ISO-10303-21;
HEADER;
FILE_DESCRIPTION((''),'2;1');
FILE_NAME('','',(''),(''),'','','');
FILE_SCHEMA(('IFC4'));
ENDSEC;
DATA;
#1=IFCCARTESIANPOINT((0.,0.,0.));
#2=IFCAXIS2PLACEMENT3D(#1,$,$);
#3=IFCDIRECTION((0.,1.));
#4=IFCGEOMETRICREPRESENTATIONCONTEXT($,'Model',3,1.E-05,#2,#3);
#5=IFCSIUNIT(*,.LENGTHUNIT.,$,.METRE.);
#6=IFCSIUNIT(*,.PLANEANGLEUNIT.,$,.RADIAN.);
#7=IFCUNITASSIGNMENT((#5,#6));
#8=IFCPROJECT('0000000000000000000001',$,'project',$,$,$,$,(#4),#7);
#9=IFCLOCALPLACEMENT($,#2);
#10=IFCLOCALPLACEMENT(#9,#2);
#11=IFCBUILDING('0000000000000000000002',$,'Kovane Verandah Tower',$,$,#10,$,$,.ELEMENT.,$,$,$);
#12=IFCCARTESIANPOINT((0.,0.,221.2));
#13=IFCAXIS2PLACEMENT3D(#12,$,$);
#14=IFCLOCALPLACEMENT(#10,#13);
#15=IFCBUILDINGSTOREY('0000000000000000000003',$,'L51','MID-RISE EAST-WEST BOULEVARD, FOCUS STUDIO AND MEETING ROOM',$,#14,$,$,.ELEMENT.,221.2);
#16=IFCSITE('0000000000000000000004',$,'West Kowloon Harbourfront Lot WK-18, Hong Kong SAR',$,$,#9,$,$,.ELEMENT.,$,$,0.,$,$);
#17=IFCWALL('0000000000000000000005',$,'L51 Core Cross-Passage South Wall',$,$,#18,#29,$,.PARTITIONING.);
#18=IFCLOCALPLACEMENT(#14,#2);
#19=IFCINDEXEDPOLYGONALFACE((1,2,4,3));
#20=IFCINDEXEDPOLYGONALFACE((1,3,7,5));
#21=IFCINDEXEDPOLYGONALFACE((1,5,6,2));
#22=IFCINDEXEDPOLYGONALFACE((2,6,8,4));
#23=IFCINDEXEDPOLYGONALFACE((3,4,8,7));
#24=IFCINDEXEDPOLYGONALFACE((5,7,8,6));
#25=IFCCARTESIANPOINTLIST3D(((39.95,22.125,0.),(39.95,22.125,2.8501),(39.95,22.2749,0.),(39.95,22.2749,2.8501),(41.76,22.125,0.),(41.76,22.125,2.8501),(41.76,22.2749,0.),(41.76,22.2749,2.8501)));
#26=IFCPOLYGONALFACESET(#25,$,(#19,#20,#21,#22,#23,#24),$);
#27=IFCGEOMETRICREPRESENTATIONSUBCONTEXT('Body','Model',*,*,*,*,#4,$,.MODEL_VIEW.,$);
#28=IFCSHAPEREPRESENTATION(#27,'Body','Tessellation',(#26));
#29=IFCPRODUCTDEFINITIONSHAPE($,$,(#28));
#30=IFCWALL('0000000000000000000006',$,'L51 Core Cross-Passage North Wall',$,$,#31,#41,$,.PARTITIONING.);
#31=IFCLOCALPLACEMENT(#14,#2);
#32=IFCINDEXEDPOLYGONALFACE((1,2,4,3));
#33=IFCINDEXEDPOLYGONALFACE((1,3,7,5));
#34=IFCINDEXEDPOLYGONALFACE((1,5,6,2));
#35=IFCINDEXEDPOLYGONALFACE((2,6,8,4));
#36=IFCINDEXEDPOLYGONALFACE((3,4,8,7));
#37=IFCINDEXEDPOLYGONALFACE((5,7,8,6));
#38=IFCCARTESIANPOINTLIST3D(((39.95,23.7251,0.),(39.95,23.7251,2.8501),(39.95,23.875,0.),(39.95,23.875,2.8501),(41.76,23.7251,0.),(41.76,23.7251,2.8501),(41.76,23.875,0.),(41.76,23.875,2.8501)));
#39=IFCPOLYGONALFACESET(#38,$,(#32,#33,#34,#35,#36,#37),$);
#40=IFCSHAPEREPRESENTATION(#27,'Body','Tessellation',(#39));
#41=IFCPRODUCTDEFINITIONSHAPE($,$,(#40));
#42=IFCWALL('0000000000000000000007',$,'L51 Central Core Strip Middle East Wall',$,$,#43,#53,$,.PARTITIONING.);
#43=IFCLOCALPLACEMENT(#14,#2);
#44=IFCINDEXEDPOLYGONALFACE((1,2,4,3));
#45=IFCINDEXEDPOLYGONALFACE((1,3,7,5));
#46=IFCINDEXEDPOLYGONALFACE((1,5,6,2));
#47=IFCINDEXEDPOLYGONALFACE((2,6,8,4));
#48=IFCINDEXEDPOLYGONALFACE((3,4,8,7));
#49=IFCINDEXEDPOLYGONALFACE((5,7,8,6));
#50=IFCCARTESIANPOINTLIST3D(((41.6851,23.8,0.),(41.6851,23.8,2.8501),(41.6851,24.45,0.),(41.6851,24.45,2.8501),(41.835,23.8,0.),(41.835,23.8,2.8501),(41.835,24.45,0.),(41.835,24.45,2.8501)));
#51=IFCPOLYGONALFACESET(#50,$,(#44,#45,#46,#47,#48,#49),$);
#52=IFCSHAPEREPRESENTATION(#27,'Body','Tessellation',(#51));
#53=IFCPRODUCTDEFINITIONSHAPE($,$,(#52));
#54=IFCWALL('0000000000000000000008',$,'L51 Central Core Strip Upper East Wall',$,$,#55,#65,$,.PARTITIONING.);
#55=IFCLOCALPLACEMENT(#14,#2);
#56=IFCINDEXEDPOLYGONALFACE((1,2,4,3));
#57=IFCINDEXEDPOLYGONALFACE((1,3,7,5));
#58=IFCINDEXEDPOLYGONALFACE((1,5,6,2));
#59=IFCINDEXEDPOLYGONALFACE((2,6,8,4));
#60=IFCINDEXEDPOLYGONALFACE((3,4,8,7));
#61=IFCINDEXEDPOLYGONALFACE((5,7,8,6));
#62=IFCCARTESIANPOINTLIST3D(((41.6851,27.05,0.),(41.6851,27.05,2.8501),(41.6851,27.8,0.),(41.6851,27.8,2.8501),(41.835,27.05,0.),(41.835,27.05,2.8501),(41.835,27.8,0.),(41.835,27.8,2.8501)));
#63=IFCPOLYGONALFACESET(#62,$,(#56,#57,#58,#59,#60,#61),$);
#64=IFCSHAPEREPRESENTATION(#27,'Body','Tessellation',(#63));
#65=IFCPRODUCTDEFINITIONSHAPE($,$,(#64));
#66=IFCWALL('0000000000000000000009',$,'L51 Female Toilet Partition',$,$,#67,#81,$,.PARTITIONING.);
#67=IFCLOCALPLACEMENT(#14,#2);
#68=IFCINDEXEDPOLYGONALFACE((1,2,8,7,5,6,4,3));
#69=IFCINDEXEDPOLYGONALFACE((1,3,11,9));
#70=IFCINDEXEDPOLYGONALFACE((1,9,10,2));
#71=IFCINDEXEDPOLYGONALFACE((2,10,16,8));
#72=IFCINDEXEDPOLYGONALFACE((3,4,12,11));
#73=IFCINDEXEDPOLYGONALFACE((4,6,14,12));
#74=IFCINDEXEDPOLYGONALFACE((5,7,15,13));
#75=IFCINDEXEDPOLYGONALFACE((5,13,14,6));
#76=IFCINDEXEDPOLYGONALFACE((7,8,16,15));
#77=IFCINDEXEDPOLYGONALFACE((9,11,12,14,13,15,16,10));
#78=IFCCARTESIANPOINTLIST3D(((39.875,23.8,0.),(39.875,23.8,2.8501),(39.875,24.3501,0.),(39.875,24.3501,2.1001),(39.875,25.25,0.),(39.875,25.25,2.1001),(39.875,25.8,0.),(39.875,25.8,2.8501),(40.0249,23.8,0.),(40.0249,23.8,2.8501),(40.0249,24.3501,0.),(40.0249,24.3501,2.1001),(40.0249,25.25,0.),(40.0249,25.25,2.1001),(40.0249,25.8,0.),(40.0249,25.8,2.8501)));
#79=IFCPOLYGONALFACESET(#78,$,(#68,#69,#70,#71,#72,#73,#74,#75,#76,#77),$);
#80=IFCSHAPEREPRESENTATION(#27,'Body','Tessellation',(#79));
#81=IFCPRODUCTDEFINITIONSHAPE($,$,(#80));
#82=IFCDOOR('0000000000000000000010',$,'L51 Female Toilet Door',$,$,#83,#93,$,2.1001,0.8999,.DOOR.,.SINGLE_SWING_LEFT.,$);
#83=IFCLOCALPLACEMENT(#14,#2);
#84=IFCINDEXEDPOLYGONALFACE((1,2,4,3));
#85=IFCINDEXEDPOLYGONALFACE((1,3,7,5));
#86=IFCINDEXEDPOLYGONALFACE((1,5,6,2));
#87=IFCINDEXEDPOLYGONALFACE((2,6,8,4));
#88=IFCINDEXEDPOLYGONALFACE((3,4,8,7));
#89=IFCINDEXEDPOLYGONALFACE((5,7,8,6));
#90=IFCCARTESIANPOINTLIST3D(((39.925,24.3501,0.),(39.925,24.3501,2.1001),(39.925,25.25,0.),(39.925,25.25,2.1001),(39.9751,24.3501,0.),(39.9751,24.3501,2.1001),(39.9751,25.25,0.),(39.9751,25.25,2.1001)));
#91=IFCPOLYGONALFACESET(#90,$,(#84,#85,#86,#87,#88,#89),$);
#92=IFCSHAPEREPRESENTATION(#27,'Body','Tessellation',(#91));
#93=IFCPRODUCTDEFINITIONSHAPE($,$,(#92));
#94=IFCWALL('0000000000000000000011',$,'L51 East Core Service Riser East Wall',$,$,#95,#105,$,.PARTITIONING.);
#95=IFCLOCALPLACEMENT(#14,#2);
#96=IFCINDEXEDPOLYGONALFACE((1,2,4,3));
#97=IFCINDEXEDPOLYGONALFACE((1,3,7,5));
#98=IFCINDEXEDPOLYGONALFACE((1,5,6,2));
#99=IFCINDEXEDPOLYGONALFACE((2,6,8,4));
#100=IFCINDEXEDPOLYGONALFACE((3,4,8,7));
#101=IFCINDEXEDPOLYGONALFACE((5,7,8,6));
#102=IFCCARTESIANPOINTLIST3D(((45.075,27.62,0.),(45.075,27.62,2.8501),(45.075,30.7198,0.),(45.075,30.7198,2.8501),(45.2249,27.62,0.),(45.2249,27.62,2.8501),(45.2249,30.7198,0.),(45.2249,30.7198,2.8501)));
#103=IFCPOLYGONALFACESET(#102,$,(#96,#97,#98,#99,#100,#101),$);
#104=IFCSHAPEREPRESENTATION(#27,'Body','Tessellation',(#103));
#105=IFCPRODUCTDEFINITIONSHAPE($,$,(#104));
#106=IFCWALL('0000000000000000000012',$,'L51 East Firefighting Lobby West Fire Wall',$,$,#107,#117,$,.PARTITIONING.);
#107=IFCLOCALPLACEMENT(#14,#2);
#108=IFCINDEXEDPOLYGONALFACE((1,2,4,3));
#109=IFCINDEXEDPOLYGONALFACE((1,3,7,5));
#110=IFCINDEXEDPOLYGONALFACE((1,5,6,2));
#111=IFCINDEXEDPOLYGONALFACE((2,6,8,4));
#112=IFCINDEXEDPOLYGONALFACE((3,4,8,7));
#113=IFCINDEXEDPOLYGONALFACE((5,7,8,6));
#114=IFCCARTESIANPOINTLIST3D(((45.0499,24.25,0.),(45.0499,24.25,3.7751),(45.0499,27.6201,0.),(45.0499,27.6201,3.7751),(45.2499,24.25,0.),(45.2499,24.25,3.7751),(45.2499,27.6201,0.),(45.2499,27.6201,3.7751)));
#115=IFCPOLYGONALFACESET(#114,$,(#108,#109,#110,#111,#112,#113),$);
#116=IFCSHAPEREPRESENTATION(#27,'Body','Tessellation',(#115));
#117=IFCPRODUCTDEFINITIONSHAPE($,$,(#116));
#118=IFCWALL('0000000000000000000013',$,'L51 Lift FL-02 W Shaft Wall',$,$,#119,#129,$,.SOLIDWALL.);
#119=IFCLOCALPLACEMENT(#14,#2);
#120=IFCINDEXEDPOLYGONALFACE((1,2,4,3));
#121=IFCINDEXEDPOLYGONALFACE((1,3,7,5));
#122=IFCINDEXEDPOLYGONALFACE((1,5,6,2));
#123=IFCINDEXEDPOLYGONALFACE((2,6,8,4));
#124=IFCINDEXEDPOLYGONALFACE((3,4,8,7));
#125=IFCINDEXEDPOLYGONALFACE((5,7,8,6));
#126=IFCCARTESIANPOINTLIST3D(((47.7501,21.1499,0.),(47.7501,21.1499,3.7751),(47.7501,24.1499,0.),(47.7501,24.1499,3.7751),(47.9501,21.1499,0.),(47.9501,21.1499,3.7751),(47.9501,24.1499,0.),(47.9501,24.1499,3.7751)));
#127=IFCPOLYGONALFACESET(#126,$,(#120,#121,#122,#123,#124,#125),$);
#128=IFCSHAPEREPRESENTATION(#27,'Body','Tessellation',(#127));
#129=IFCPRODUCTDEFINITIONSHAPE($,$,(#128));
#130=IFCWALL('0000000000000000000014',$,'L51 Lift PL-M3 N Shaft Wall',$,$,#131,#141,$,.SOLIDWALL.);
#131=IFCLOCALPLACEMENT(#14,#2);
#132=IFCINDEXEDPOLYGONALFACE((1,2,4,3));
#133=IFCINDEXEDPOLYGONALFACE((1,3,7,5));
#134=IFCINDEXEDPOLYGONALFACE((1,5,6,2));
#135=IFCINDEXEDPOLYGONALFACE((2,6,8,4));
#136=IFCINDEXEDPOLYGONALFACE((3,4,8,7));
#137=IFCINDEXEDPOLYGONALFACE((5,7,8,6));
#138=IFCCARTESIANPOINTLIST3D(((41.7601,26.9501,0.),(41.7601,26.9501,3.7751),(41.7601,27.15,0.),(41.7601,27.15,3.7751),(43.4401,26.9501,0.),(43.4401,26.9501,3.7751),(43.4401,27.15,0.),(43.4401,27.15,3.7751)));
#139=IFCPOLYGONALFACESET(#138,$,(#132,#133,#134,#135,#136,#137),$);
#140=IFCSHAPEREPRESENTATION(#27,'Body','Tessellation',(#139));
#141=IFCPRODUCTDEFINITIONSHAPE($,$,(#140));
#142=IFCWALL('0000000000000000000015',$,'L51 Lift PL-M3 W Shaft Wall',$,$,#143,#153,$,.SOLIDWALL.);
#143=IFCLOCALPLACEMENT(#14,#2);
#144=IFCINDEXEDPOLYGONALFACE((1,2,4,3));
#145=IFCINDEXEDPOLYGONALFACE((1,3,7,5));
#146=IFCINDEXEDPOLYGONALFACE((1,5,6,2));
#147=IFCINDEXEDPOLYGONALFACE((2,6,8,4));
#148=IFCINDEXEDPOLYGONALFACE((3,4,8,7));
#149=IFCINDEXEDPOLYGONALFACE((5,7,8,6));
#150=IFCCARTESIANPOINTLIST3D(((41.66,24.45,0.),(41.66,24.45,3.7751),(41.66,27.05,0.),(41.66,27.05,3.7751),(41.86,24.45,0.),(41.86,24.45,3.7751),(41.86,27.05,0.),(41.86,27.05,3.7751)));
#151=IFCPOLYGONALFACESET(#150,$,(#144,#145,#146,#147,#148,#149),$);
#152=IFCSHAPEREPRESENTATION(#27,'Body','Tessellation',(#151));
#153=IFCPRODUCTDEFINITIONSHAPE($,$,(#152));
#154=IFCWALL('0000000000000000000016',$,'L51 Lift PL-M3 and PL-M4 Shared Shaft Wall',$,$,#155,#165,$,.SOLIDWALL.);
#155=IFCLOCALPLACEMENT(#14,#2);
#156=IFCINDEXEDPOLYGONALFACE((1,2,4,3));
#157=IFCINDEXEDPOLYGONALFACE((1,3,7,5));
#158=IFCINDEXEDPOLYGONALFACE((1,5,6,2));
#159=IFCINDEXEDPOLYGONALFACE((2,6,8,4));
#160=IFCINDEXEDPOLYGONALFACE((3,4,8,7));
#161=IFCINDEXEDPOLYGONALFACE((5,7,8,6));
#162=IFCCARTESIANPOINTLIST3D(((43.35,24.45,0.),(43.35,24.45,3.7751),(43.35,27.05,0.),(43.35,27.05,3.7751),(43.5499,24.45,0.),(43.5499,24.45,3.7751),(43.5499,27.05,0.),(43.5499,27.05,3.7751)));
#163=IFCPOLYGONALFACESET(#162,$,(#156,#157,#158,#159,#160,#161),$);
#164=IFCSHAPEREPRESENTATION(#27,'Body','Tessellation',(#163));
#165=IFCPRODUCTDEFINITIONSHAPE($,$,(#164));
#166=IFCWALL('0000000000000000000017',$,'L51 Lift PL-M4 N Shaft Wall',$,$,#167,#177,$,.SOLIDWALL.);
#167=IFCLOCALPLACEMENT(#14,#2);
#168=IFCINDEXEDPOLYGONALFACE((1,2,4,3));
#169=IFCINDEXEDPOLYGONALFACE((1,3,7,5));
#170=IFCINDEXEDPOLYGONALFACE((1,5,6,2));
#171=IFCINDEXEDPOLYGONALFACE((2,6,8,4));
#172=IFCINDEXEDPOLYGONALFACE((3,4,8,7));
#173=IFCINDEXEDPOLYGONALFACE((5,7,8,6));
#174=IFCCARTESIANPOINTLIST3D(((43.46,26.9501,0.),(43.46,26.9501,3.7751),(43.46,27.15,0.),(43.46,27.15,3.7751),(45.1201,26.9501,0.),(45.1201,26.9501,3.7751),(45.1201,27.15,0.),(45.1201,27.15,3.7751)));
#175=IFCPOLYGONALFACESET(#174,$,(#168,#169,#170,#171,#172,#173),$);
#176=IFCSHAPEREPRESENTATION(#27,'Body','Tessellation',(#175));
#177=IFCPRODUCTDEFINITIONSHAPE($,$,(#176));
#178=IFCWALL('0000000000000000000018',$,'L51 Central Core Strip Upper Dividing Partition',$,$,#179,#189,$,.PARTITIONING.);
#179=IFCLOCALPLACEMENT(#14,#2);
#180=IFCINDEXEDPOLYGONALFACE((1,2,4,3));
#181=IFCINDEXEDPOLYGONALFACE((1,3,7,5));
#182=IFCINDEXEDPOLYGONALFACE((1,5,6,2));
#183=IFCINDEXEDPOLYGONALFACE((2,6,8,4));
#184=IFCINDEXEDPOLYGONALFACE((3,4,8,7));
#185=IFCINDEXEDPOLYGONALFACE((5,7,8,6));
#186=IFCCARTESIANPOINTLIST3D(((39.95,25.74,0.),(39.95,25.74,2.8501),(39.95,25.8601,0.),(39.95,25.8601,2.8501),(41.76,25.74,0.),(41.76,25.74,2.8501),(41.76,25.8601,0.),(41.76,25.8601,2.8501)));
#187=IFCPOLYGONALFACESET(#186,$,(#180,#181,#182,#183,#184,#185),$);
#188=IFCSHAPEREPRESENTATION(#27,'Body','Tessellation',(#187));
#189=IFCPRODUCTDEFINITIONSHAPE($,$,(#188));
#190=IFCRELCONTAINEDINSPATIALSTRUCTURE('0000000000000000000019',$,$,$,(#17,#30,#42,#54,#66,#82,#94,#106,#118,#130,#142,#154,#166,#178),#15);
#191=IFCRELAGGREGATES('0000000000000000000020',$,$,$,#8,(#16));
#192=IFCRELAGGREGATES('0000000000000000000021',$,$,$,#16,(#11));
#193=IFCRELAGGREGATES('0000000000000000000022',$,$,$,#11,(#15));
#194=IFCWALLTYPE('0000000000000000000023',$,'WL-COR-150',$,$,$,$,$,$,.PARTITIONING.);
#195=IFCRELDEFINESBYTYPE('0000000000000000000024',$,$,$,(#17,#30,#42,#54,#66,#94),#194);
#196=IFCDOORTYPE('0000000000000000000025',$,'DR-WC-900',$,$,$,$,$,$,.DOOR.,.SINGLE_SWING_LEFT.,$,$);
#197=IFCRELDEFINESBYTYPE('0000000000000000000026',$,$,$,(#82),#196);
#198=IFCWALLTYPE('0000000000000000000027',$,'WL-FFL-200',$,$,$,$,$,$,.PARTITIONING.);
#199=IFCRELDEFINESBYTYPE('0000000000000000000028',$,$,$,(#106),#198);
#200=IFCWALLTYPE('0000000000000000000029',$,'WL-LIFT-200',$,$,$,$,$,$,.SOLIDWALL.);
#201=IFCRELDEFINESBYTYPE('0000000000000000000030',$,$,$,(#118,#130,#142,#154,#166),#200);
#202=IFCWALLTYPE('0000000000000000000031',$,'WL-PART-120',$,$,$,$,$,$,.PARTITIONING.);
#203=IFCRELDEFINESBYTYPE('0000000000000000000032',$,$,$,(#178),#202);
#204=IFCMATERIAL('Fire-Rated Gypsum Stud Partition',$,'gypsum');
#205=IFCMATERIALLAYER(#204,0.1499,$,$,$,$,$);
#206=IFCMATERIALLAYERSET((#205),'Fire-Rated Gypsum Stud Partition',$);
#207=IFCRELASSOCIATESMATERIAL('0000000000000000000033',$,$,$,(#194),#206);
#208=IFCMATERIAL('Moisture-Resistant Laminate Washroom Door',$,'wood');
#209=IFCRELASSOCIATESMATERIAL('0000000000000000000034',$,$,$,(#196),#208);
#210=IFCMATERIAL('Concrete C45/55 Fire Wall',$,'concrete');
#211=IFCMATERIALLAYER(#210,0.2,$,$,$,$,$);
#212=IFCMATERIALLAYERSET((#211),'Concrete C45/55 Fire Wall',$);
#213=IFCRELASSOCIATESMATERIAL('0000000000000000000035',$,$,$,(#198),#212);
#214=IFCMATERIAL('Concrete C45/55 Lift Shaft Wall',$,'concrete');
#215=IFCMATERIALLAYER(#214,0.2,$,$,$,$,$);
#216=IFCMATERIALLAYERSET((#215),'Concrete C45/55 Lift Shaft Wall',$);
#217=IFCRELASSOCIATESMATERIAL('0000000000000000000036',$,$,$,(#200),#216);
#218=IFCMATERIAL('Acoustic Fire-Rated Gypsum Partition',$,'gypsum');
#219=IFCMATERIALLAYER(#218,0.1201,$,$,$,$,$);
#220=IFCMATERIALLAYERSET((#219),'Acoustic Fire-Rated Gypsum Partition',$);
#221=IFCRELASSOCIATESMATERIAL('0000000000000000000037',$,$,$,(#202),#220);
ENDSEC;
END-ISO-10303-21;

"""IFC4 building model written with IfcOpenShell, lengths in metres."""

from ifc_helpers import new_model, si_unit, direction, frame, frame_2d, origin, place, context, subcontext, project, spatial, rectangle, extrude, material, layer, layer_set, type_object, element, fill, save


model = new_model("IFC4")

# Units and contexts
model_context = context("Model", 3, precision=1e-05, world=origin(), true_north=direction((0.0, 1.0)))
body_context = subcontext(model_context, "Body", "Model", "MODEL_VIEW")
ifc_project = project(units=[si_unit("LENGTHUNIT", "METRE"), si_unit("PLANEANGLEUNIT", "RADIAN")], contexts=[model_context])

# Site, building, storey
site_placement = place(None, origin())
site = spatial("IfcSite", under=ifc_project, at=site_placement, Name="West Kowloon Harbourfront Lot WK-18, Hong Kong SAR", CompositionType="ELEMENT", RefElevation=0.0)
building_placement = place(site_placement, origin())
building = spatial("IfcBuilding", under=site, at=building_placement, Name="Kovane Verandah Tower", CompositionType="ELEMENT")
storey_placement = place(building_placement, frame((0.0, 0.0, 221.2)))
storey = spatial("IfcBuildingStorey", under=building, at=storey_placement, Name="L51", Description="MID-RISE EAST-WEST BOULEVARD, FOCUS STUDIO AND MEETING ROOM", CompositionType="ELEMENT", Elevation=221.2)

# Walls
ifc_material_1 = material(Name="Fire-Rated Gypsum Stud Partition", Category="gypsum")
ifc_layer_1 = layer(ifc_material_1, 0.1499)
ifc_layer_set_1 = layer_set([ifc_layer_1], Name="Fire-Rated Gypsum Stud Partition")
wall_type_1 = type_object("IfcWallType", Name="WL-COR-150", PredefinedType="PARTITIONING", material=ifc_layer_set_1)
for number, where, z_axis, x_axis, name in (
    (1, (39.95, 22.2, 0.0), (0.0, 0.0, 1.0), (1.0, 0.0, 0.0), "L51 Core Cross-Passage South Wall"),
    (2, (39.95, 23.8, 0.0), (0.0, 0.0, 1.0), (1.0, 0.0, 0.0), "L51 Core Cross-Passage North Wall"),
):
    element("IfcWall", number, at=place(storey_placement, frame(where, z_axis=z_axis, x_axis=x_axis)), inside=storey, type_object=wall_type_1, Name=name, PredefinedType="PARTITIONING", context=body_context, shape_type="SweptSolid", body=[
        extrude(rectangle(XDim=1.8101, YDim=0.1499, at=frame_2d((0.905, 0.0))), origin(), (0.0, 0.0, 1.0), 2.8501),
    ])
wall_1_placement = place(storey_placement, frame((41.76, 23.8, 0.0), z_axis=(0.0, 0.0, 1.0), x_axis=(0.0, 1.0, 0.0)))
element("IfcWall", 3, at=wall_1_placement, inside=storey, type_object=wall_type_1, Name="L51 Central Core Strip Middle East Wall", PredefinedType="PARTITIONING", context=body_context, shape_type="SweptSolid", body=[
    extrude(rectangle(XDim=0.6499, YDim=0.1499, at=frame_2d((0.325, 0.0))), origin(), (0.0, 0.0, 1.0), 2.8501),
])
wall_2_placement = place(storey_placement, frame((41.76, 27.05, 0.0), z_axis=(0.0, 0.0, 1.0), x_axis=(0.0, 1.0, 0.0)))
element("IfcWall", 4, at=wall_2_placement, inside=storey, type_object=wall_type_1, Name="L51 Central Core Strip Upper East Wall", PredefinedType="PARTITIONING", context=body_context, shape_type="SweptSolid", body=[
    extrude(rectangle(XDim=0.75, YDim=0.1499, at=frame_2d((0.375, 0.0))), origin(), (0.0, 0.0, 1.0), 2.8501),
])

# Wall, opening, door
wall_3_placement = place(storey_placement, frame((39.95, 23.8, 0.0), z_axis=(0.0, 0.0, 1.0), x_axis=(0.0, 1.0, 0.0)))
wall_3 = element("IfcWall", 5, at=wall_3_placement, inside=storey, type_object=wall_type_1, Name="L51 Female Toilet Partition", PredefinedType="PARTITIONING", context=body_context, shape_type="SweptSolid", body=[
    extrude(rectangle(XDim=2.0, YDim=0.1499, at=frame_2d((1.0, 0.0))), origin(), (0.0, 0.0, 1.0), 2.8501),
])
opening_1_placement = place(wall_3_placement, frame((0.55, 0.0, 0.0)))
opening_1 = element("IfcOpeningElement", 6, at=opening_1_placement, cuts=wall_3, PredefinedType="OPENING", context=body_context, shape_type="SweptSolid", body=[
    extrude(rectangle(XDim=0.8999, YDim=2.1001, at=frame_2d((0.45, 1.05))), frame((0.0, 0.075, 0.0), z_axis=(0.0, -1.0, 0.0), x_axis=(1.0, 0.0, 0.0)), (0.0, 0.0, 1.0), 0.1499),
])
ifc_material_2 = material(Name="Moisture-Resistant Laminate Washroom Door", Category="wood")
door_type_1 = type_object("IfcDoorType", Name="DR-WC-900", OperationType="SINGLE_SWING_LEFT", PredefinedType="DOOR", material=ifc_material_2)
door_1_placement = place(opening_1_placement, origin())
door_1 = element("IfcDoor", 7, at=door_1_placement, inside=storey, type_object=door_type_1, Name="L51 Female Toilet Door", OperationType="SINGLE_SWING_LEFT", OverallHeight=2.1001, OverallWidth=0.8999, PredefinedType="DOOR", context=body_context, shape_type="SweptSolid", body=[
    extrude(rectangle(XDim=0.8999, YDim=2.1001, at=frame_2d((0.45, 1.05))), frame((0.0, 0.0249, 0.0), z_axis=(0.0, -1.0, 0.0), x_axis=(1.0, 0.0, 0.0)), (0.0, 0.0, 1.0), 0.05),
])
fill(opening_1, door_1)

# Walls
wall_4_placement = place(storey_placement, frame((45.1499, 27.6201, 0.0), z_axis=(0.0, 0.0, 1.0), x_axis=(0.0, 1.0, 0.0)))
element("IfcWall", 8, at=wall_4_placement, inside=storey, type_object=wall_type_1, Name="L51 East Core Service Riser East Wall", PredefinedType="PARTITIONING", context=body_context, shape_type="SweptSolid", body=[
    extrude(rectangle(XDim=3.0999, YDim=0.1499, at=frame_2d((1.5498, 0.0))), origin(), (0.0, 0.0, 1.0), 2.8501),
])
ifc_material_3 = material(Name="Concrete C45/55 Fire Wall", Category="concrete")
ifc_layer_2 = layer(ifc_material_3, 0.2)
ifc_layer_set_2 = layer_set([ifc_layer_2], Name="Concrete C45/55 Fire Wall")
wall_type_2 = type_object("IfcWallType", Name="WL-FFL-200", PredefinedType="PARTITIONING", material=ifc_layer_set_2)
wall_5_placement = place(storey_placement, frame((45.1499, 24.25, 0.0), z_axis=(0.0, 0.0, 1.0), x_axis=(0.0, 1.0, 0.0)))
element("IfcWall", 9, at=wall_5_placement, inside=storey, type_object=wall_type_2, Name="L51 East Firefighting Lobby West Fire Wall", PredefinedType="PARTITIONING", context=body_context, shape_type="SweptSolid", body=[
    extrude(rectangle(XDim=3.3701, YDim=0.2, at=frame_2d((1.6851, 0.0))), origin(), (0.0, 0.0, 1.0), 3.7751),
])

# Shared definitions
ifc_material_4 = material(Name="Concrete C45/55 Lift Shaft Wall", Category="concrete")
ifc_layer_3 = layer(ifc_material_4, 0.2)
ifc_layer_set_3 = layer_set([ifc_layer_3], Name="Concrete C45/55 Lift Shaft Wall")
wall_type_3 = type_object("IfcWallType", Name="WL-LIFT-200", PredefinedType="SOLIDWALL", material=ifc_layer_set_3)

# Wall
wall_6_placement = place(storey_placement, frame((47.8501, 24.1499, 0.0), z_axis=(0.0, 0.0, 1.0), x_axis=(0.0, -1.0, 0.0)))
element("IfcWall", 10, at=wall_6_placement, inside=storey, type_object=wall_type_3, Name="L51 Lift FL-02 W Shaft Wall", PredefinedType="SOLIDWALL", context=body_context, shape_type="SweptSolid", body=[
    extrude(rectangle(XDim=3.0, YDim=0.2, at=frame_2d((1.5, 0.0))), origin(), (0.0, 0.0, 1.0), 3.7751),
])

# Walls
wall_7_placement = place(storey_placement, frame((43.4399, 27.05, 0.0), z_axis=(0.0, 0.0, 1.0), x_axis=(-1.0, 0.0, 0.0)))
element("IfcWall", 11, at=wall_7_placement, inside=storey, type_object=wall_type_3, Name="L51 Lift PL-M3 N Shaft Wall", PredefinedType="SOLIDWALL", context=body_context, shape_type="SweptSolid", body=[
    extrude(rectangle(XDim=1.6799, YDim=0.2, at=frame_2d((0.8398, 0.0))), origin(), (0.0, 0.0, 1.0), 3.7751),
])
for number, where, z_axis, x_axis, name in (
    (12, (41.76, 27.05, 0.0), (0.0, 0.0, 1.0), (0.0, -1.0, 0.0), "L51 Lift PL-M3 W Shaft Wall"),
    (13, (43.45, 24.45, 0.0), (0.0, 0.0, 1.0), (0.0, 1.0, 0.0), "L51 Lift PL-M3 and PL-M4 Shared Shaft Wall"),
):
    element("IfcWall", number, at=place(storey_placement, frame(where, z_axis=z_axis, x_axis=x_axis)), inside=storey, type_object=wall_type_3, Name=name, PredefinedType="SOLIDWALL", context=body_context, shape_type="SweptSolid", body=[
        extrude(rectangle(XDim=2.6001, YDim=0.2, at=frame_2d((1.3, 0.0))), origin(), (0.0, 0.0, 1.0), 3.7751),
    ])

# Walls
wall_8_placement = place(storey_placement, frame((45.1201, 27.05, 0.0), z_axis=(0.0, 0.0, 1.0), x_axis=(-1.0, 0.0, 0.0)))
element("IfcWall", 14, at=wall_8_placement, inside=storey, type_object=wall_type_3, Name="L51 Lift PL-M4 N Shaft Wall", PredefinedType="SOLIDWALL", context=body_context, shape_type="SweptSolid", body=[
    extrude(rectangle(XDim=1.6602, YDim=0.2, at=frame_2d((0.8301, 0.0))), origin(), (0.0, 0.0, 1.0), 3.7751),
])
ifc_material_5 = material(Name="Acoustic Fire-Rated Gypsum Partition", Category="gypsum")
ifc_layer_4 = layer(ifc_material_5, 0.1201)
ifc_layer_set_4 = layer_set([ifc_layer_4], Name="Acoustic Fire-Rated Gypsum Partition")
wall_type_4 = type_object("IfcWallType", Name="WL-PART-120", PredefinedType="PARTITIONING", material=ifc_layer_set_4)
wall_9_placement = place(storey_placement, frame((39.95, 25.8, 0.0), z_axis=(0.0, 0.0, 1.0), x_axis=(1.0, 0.0, 0.0)))
element("IfcWall", 15, at=wall_9_placement, inside=storey, type_object=wall_type_4, Name="L51 Central Core Strip Upper Dividing Partition", PredefinedType="PARTITIONING", context=body_context, shape_type="SweptSolid", body=[
    extrude(rectangle(XDim=1.8101, YDim=0.1201, at=frame_2d((0.905, 0.0))), origin(), (0.0, 0.0, 1.0), 2.8501),
])

save(model, "model.ifc")
